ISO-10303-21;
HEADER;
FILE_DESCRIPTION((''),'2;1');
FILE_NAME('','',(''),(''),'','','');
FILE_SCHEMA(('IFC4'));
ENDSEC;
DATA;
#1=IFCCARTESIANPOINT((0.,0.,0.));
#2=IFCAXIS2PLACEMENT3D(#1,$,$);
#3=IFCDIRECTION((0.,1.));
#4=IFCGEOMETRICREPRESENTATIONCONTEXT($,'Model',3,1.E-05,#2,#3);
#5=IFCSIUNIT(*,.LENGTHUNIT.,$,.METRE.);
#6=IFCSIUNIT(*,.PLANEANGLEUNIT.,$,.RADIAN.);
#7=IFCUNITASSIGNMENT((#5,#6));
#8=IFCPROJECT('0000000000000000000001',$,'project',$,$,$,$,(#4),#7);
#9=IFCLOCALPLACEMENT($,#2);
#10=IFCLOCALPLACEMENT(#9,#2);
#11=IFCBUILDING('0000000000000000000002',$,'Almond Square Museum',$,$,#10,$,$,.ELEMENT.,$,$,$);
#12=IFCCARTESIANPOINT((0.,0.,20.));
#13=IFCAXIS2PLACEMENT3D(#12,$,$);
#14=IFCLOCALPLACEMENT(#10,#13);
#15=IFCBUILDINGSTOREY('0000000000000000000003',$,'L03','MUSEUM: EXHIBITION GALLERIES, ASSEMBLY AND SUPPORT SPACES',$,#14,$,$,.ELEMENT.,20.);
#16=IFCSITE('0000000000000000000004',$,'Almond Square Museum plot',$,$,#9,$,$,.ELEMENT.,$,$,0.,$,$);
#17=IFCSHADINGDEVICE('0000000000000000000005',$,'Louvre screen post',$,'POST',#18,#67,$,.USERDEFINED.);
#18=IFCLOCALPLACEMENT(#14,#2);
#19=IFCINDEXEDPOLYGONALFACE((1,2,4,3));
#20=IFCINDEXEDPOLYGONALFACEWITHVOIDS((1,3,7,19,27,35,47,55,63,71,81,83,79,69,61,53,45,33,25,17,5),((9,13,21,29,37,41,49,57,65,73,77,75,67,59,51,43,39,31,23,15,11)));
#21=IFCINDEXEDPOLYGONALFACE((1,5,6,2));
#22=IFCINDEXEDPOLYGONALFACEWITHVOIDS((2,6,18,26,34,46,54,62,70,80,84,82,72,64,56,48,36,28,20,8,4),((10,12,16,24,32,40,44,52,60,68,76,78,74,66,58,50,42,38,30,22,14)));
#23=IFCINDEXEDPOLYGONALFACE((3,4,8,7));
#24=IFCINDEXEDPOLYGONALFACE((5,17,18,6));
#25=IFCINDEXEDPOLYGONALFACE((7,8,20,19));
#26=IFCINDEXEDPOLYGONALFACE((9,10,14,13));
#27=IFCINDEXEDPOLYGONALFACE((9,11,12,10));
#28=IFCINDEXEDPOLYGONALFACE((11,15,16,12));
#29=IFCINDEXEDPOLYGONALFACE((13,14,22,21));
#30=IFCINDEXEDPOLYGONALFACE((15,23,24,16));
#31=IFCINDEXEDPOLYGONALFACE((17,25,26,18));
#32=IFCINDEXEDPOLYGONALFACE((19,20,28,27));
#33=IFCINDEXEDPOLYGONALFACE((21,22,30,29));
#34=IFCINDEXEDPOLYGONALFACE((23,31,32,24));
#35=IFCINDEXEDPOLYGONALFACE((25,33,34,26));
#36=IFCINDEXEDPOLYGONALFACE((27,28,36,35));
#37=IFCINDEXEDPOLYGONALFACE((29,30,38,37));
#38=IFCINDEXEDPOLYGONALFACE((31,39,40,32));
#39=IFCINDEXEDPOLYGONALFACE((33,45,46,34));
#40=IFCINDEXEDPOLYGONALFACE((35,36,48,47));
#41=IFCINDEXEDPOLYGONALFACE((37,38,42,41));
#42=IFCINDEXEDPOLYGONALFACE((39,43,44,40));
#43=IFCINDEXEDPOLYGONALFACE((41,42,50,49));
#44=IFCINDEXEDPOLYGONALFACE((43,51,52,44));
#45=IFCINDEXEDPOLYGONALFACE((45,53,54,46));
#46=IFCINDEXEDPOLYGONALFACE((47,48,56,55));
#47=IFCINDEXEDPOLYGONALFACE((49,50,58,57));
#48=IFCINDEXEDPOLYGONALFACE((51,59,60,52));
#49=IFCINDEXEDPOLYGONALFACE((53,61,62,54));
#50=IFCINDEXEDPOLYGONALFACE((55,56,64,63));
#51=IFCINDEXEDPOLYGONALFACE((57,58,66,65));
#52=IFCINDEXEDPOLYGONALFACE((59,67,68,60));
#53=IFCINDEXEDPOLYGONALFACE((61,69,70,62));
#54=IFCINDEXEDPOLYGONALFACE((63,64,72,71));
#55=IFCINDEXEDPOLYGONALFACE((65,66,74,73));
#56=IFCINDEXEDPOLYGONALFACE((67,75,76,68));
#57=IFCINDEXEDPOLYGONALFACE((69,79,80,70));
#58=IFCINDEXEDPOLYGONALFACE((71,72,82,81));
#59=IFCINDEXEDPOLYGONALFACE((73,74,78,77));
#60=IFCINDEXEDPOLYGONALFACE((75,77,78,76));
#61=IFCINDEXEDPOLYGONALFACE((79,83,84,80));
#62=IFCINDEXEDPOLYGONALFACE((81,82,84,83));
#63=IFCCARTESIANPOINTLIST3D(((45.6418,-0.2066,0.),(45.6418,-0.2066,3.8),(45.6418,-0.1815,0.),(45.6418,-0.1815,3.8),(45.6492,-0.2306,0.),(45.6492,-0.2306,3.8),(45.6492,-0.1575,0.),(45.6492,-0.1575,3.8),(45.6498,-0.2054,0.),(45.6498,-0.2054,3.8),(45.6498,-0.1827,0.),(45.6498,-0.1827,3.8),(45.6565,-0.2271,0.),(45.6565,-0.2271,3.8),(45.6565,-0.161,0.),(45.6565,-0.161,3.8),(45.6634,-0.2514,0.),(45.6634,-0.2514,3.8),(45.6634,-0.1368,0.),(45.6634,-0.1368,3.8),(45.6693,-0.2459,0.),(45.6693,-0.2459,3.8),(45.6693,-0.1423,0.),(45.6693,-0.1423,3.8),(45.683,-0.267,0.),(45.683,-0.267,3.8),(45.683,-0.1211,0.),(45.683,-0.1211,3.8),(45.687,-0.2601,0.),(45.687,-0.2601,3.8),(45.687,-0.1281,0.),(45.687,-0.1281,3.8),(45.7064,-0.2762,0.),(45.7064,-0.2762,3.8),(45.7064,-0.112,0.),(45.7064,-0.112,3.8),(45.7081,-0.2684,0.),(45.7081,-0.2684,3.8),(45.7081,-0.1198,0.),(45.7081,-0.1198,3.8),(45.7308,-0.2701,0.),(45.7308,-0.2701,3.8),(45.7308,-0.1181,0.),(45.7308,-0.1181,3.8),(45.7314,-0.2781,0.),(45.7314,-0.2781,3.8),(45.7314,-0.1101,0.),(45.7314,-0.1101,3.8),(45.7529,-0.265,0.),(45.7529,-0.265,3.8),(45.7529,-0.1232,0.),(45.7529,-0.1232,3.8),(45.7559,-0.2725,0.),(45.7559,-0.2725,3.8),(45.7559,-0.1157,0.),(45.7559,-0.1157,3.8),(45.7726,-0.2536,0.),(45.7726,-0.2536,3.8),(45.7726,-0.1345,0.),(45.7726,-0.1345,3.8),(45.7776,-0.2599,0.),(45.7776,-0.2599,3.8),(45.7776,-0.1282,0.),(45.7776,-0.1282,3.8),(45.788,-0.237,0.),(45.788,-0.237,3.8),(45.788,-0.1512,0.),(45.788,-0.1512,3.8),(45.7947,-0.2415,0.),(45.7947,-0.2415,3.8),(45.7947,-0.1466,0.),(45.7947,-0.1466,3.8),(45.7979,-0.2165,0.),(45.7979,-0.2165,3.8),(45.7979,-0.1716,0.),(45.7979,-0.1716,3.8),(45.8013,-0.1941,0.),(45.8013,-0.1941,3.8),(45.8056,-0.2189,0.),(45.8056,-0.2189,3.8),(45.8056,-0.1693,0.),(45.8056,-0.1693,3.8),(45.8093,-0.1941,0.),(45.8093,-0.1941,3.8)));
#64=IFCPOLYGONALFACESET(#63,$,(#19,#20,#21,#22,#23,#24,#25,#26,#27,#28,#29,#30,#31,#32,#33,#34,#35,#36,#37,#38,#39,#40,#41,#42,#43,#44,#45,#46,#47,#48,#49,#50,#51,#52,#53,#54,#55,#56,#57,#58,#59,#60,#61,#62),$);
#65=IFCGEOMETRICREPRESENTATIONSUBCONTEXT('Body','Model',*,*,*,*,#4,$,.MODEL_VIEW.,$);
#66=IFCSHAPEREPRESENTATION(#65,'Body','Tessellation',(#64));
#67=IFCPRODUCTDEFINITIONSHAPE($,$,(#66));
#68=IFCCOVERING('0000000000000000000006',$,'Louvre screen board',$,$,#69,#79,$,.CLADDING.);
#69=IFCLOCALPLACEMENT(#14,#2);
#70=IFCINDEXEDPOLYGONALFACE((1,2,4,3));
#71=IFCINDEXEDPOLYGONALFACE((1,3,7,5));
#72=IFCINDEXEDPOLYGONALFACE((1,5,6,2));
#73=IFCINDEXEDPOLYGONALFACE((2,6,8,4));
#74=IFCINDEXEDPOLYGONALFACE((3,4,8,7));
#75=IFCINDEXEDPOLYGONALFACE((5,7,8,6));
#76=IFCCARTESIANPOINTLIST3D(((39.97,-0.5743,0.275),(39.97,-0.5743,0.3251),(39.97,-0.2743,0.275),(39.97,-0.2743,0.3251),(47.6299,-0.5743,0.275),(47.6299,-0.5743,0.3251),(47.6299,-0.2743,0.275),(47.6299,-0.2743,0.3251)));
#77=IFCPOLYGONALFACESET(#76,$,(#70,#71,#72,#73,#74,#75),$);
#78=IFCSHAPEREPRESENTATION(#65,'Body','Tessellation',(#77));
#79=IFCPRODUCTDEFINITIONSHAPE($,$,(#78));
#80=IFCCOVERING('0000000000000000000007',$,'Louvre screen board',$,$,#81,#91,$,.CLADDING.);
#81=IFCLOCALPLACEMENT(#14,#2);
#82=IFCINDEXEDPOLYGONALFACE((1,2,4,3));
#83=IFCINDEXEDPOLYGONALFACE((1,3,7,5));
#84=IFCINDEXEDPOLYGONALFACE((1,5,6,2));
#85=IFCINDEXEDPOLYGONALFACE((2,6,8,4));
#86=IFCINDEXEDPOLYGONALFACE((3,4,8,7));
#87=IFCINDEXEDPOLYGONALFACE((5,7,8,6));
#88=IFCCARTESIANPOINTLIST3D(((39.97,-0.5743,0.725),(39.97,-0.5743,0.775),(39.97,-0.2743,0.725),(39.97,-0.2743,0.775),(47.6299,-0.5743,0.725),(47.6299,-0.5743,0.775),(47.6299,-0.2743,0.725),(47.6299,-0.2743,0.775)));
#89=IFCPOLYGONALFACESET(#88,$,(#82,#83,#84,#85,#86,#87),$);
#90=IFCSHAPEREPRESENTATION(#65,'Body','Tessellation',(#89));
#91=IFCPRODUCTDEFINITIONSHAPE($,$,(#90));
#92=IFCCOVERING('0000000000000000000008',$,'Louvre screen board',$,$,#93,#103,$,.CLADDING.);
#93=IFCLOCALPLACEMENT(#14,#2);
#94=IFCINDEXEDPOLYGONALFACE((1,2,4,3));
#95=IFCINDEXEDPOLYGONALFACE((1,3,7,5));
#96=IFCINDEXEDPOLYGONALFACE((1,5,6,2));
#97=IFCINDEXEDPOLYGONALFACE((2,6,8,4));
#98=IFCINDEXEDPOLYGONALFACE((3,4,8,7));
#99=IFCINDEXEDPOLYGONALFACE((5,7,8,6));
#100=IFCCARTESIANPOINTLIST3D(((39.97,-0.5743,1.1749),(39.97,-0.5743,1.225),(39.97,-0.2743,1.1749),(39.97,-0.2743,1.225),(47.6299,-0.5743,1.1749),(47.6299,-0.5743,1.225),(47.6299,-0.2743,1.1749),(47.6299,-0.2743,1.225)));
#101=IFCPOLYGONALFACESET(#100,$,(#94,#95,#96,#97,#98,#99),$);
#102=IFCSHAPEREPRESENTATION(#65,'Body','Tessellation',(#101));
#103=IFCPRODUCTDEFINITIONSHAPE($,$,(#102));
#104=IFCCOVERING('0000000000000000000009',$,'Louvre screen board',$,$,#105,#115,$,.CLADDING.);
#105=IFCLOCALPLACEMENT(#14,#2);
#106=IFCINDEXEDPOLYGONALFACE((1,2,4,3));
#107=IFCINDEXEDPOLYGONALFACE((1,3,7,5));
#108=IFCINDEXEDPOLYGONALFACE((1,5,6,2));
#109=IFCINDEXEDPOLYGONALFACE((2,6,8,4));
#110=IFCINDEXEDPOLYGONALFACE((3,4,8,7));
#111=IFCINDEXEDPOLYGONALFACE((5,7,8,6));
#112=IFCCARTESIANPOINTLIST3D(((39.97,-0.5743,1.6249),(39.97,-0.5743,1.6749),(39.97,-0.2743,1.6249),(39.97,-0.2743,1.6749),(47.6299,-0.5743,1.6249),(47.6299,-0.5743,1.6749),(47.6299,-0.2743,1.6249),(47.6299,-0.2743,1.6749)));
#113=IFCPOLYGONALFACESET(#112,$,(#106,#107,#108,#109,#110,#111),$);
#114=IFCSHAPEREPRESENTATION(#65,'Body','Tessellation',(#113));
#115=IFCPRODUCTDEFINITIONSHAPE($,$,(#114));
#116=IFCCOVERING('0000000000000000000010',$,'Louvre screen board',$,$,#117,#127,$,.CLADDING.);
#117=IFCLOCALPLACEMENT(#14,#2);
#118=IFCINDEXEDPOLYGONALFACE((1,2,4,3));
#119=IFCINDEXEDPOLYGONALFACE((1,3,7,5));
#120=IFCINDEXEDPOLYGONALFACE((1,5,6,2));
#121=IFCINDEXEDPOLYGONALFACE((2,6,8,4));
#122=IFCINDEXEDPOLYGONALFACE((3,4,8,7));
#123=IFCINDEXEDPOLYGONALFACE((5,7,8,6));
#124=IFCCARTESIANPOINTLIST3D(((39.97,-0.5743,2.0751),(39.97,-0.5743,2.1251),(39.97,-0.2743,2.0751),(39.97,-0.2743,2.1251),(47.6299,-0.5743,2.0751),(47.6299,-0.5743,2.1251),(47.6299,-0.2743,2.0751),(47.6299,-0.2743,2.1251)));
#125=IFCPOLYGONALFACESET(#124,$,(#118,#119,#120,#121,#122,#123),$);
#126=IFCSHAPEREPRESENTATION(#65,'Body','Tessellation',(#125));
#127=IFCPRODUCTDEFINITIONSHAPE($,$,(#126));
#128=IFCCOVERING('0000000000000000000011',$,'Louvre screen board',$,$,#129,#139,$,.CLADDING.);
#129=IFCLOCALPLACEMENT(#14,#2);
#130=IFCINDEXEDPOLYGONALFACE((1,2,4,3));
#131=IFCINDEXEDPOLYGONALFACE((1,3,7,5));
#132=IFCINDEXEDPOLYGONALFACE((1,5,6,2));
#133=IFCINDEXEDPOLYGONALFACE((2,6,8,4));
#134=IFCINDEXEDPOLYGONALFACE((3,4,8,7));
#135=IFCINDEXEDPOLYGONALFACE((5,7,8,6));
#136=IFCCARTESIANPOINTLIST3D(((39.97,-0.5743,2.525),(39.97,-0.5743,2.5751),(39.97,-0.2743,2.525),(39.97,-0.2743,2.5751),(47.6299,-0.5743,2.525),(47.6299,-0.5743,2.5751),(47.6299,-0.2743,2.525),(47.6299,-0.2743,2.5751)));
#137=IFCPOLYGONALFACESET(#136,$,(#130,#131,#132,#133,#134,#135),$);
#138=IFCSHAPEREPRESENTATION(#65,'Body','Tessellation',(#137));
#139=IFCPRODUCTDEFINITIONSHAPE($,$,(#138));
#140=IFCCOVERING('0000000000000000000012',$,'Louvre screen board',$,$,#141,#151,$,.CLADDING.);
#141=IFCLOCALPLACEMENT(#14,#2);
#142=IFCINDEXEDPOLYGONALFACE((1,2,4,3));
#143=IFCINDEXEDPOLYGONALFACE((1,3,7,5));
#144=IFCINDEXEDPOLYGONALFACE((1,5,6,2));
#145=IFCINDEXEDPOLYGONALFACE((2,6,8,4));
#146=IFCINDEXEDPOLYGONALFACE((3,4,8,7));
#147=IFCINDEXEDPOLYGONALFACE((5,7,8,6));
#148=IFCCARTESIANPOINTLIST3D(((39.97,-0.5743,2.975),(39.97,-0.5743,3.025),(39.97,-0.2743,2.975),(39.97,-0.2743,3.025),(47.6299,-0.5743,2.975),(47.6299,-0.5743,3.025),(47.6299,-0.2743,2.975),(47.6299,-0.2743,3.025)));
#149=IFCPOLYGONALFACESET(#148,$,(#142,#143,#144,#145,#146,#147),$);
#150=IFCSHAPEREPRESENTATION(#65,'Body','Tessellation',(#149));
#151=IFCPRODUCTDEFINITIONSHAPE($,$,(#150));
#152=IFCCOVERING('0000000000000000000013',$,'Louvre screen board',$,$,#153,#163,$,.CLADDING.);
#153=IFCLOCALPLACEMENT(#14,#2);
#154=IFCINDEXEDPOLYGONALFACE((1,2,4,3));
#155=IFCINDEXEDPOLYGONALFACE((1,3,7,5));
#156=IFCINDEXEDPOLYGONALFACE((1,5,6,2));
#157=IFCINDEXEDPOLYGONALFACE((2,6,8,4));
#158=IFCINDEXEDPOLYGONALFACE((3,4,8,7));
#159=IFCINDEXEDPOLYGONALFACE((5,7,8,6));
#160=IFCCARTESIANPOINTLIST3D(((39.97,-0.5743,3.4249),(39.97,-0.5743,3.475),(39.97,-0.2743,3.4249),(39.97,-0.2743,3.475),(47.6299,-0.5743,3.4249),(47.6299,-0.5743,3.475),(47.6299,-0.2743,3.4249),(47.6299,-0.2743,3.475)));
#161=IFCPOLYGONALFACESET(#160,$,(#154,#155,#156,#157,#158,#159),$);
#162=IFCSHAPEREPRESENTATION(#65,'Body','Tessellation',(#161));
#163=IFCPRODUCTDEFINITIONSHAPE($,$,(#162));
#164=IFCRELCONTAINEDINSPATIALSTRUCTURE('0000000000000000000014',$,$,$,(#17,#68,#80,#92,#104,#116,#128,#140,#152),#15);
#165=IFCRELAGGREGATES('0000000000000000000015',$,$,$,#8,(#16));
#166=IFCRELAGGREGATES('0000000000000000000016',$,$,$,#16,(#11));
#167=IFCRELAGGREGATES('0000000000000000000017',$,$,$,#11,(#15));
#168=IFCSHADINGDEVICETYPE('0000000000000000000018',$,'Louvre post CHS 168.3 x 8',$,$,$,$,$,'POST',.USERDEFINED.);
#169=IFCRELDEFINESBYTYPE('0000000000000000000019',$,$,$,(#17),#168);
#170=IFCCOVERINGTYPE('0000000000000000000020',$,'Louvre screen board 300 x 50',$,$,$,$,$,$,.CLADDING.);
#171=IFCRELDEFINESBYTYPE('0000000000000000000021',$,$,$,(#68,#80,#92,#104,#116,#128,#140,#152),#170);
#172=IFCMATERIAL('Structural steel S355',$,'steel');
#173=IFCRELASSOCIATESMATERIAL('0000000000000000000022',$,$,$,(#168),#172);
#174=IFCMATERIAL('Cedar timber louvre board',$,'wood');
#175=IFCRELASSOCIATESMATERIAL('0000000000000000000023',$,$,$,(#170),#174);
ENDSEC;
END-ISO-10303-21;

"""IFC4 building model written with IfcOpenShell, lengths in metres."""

from ifc_helpers import new_model, si_unit, direction, frame, origin, origin_2d, place, context, subcontext, project, spatial, rectangle, hollow_circle, extrude, material, material_profile, profile_set, type_object, element, save


model = new_model("IFC4")

# Units and contexts
model_context = context("Model", 3, precision=1e-05, world=origin(), true_north=direction((0.0, 1.0)))
body_context = subcontext(model_context, "Body", "Model", "MODEL_VIEW")
ifc_project = project(units=[si_unit("LENGTHUNIT", "METRE"), si_unit("PLANEANGLEUNIT", "RADIAN")], contexts=[model_context])

# Site, building, storey
site_placement = place(None, origin())
site = spatial("IfcSite", under=ifc_project, at=site_placement, Name="Almond Square Museum plot", CompositionType="ELEMENT", RefElevation=0.0)
building_placement = place(site_placement, origin())
building = spatial("IfcBuilding", under=site, at=building_placement, Name="Almond Square Museum", CompositionType="ELEMENT")
storey_placement = place(building_placement, frame((0.0, 0.0, 20.0)))
storey = spatial("IfcBuildingStorey", under=building, at=storey_placement, Name="L03", Description="MUSEUM: EXHIBITION GALLERIES, ASSEMBLY AND SUPPORT SPACES", CompositionType="ELEMENT", Elevation=20.0)

# Shading device
ifc_material_1 = material(Name="Structural steel S355", Category="steel")
ifc_material_profile_1 = material_profile(ifc_material_1, hollow_circle(Radius=0.0842, WallThickness=0.0081, at=origin_2d()))
ifc_profile_set_1 = profile_set([ifc_material_profile_1], Name="Structural steel S355")
shading_device_type = type_object("IfcShadingDeviceType", Name="Louvre post CHS 168.3 x 8", ElementType="POST", PredefinedType="USERDEFINED", material=ifc_profile_set_1)
for number, where, z_axis, x_axis, name in (
    (1, (45.7251, -0.1941, 0.0), (0.0, 0.0, 1.0), (1.0, 0.0, 0.0), "Louvre screen post"),
):
    element("IfcShadingDevice", number, at=place(storey_placement, frame(where, z_axis=z_axis, x_axis=x_axis)), inside=storey, type_object=shading_device_type, Name=name, ObjectType="POST", PredefinedType="USERDEFINED", context=body_context, shape_type="SweptSolid", body=[
        extrude(hollow_circle(Radius=0.0842, WallThickness=0.0081, at=origin_2d()), origin(), (0.0, 0.0, 1.0), 3.8),
    ])

# Coverings
ifc_material_2 = material(Name="Cedar timber louvre board", Category="wood")
ifc_material_profile_2 = material_profile(ifc_material_2, rectangle(XDim=0.3, YDim=0.05, at=origin_2d()))
ifc_profile_set_2 = profile_set([ifc_material_profile_2], Name="Cedar timber louvre board")
covering_type = type_object("IfcCoveringType", Name="Louvre screen board 300 x 50", PredefinedType="CLADDING", material=ifc_profile_set_2)
for number, where, z_axis, x_axis, name in (
    (2, (39.97, -0.4243, 0.3), (1.0, 0.0, 0.0), (0.0, 1.0, 0.0), "Louvre screen board"),
    (3, (39.97, -0.4243, 0.75), (1.0, 0.0, 0.0), (0.0, 1.0, 0.0), "Louvre screen board"),
    (4, (39.97, -0.4243, 1.2), (1.0, 0.0, 0.0), (0.0, 1.0, 0.0), "Louvre screen board"),
    (5, (39.97, -0.4243, 1.6499), (1.0, 0.0, 0.0), (0.0, 1.0, 0.0), "Louvre screen board"),
    (6, (39.97, -0.4243, 2.1001), (1.0, 0.0, 0.0), (0.0, 1.0, 0.0), "Louvre screen board"),
    (7, (39.97, -0.4243, 2.55), (1.0, 0.0, 0.0), (0.0, 1.0, 0.0), "Louvre screen board"),
    (8, (39.97, -0.4243, 3.0), (1.0, 0.0, 0.0), (0.0, 1.0, 0.0), "Louvre screen board"),
    (9, (39.97, -0.4243, 3.45), (1.0, 0.0, 0.0), (0.0, 1.0, 0.0), "Louvre screen board"),
):
    element("IfcCovering", number, at=place(storey_placement, frame(where, z_axis=z_axis, x_axis=x_axis)), inside=storey, type_object=covering_type, Name=name, PredefinedType="CLADDING", context=body_context, shape_type="SweptSolid", body=[
        extrude(rectangle(XDim=0.3, YDim=0.05, at=origin_2d()), origin(), (0.0, 0.0, 1.0), 7.6599),
    ])

save(model, "model.ifc")
